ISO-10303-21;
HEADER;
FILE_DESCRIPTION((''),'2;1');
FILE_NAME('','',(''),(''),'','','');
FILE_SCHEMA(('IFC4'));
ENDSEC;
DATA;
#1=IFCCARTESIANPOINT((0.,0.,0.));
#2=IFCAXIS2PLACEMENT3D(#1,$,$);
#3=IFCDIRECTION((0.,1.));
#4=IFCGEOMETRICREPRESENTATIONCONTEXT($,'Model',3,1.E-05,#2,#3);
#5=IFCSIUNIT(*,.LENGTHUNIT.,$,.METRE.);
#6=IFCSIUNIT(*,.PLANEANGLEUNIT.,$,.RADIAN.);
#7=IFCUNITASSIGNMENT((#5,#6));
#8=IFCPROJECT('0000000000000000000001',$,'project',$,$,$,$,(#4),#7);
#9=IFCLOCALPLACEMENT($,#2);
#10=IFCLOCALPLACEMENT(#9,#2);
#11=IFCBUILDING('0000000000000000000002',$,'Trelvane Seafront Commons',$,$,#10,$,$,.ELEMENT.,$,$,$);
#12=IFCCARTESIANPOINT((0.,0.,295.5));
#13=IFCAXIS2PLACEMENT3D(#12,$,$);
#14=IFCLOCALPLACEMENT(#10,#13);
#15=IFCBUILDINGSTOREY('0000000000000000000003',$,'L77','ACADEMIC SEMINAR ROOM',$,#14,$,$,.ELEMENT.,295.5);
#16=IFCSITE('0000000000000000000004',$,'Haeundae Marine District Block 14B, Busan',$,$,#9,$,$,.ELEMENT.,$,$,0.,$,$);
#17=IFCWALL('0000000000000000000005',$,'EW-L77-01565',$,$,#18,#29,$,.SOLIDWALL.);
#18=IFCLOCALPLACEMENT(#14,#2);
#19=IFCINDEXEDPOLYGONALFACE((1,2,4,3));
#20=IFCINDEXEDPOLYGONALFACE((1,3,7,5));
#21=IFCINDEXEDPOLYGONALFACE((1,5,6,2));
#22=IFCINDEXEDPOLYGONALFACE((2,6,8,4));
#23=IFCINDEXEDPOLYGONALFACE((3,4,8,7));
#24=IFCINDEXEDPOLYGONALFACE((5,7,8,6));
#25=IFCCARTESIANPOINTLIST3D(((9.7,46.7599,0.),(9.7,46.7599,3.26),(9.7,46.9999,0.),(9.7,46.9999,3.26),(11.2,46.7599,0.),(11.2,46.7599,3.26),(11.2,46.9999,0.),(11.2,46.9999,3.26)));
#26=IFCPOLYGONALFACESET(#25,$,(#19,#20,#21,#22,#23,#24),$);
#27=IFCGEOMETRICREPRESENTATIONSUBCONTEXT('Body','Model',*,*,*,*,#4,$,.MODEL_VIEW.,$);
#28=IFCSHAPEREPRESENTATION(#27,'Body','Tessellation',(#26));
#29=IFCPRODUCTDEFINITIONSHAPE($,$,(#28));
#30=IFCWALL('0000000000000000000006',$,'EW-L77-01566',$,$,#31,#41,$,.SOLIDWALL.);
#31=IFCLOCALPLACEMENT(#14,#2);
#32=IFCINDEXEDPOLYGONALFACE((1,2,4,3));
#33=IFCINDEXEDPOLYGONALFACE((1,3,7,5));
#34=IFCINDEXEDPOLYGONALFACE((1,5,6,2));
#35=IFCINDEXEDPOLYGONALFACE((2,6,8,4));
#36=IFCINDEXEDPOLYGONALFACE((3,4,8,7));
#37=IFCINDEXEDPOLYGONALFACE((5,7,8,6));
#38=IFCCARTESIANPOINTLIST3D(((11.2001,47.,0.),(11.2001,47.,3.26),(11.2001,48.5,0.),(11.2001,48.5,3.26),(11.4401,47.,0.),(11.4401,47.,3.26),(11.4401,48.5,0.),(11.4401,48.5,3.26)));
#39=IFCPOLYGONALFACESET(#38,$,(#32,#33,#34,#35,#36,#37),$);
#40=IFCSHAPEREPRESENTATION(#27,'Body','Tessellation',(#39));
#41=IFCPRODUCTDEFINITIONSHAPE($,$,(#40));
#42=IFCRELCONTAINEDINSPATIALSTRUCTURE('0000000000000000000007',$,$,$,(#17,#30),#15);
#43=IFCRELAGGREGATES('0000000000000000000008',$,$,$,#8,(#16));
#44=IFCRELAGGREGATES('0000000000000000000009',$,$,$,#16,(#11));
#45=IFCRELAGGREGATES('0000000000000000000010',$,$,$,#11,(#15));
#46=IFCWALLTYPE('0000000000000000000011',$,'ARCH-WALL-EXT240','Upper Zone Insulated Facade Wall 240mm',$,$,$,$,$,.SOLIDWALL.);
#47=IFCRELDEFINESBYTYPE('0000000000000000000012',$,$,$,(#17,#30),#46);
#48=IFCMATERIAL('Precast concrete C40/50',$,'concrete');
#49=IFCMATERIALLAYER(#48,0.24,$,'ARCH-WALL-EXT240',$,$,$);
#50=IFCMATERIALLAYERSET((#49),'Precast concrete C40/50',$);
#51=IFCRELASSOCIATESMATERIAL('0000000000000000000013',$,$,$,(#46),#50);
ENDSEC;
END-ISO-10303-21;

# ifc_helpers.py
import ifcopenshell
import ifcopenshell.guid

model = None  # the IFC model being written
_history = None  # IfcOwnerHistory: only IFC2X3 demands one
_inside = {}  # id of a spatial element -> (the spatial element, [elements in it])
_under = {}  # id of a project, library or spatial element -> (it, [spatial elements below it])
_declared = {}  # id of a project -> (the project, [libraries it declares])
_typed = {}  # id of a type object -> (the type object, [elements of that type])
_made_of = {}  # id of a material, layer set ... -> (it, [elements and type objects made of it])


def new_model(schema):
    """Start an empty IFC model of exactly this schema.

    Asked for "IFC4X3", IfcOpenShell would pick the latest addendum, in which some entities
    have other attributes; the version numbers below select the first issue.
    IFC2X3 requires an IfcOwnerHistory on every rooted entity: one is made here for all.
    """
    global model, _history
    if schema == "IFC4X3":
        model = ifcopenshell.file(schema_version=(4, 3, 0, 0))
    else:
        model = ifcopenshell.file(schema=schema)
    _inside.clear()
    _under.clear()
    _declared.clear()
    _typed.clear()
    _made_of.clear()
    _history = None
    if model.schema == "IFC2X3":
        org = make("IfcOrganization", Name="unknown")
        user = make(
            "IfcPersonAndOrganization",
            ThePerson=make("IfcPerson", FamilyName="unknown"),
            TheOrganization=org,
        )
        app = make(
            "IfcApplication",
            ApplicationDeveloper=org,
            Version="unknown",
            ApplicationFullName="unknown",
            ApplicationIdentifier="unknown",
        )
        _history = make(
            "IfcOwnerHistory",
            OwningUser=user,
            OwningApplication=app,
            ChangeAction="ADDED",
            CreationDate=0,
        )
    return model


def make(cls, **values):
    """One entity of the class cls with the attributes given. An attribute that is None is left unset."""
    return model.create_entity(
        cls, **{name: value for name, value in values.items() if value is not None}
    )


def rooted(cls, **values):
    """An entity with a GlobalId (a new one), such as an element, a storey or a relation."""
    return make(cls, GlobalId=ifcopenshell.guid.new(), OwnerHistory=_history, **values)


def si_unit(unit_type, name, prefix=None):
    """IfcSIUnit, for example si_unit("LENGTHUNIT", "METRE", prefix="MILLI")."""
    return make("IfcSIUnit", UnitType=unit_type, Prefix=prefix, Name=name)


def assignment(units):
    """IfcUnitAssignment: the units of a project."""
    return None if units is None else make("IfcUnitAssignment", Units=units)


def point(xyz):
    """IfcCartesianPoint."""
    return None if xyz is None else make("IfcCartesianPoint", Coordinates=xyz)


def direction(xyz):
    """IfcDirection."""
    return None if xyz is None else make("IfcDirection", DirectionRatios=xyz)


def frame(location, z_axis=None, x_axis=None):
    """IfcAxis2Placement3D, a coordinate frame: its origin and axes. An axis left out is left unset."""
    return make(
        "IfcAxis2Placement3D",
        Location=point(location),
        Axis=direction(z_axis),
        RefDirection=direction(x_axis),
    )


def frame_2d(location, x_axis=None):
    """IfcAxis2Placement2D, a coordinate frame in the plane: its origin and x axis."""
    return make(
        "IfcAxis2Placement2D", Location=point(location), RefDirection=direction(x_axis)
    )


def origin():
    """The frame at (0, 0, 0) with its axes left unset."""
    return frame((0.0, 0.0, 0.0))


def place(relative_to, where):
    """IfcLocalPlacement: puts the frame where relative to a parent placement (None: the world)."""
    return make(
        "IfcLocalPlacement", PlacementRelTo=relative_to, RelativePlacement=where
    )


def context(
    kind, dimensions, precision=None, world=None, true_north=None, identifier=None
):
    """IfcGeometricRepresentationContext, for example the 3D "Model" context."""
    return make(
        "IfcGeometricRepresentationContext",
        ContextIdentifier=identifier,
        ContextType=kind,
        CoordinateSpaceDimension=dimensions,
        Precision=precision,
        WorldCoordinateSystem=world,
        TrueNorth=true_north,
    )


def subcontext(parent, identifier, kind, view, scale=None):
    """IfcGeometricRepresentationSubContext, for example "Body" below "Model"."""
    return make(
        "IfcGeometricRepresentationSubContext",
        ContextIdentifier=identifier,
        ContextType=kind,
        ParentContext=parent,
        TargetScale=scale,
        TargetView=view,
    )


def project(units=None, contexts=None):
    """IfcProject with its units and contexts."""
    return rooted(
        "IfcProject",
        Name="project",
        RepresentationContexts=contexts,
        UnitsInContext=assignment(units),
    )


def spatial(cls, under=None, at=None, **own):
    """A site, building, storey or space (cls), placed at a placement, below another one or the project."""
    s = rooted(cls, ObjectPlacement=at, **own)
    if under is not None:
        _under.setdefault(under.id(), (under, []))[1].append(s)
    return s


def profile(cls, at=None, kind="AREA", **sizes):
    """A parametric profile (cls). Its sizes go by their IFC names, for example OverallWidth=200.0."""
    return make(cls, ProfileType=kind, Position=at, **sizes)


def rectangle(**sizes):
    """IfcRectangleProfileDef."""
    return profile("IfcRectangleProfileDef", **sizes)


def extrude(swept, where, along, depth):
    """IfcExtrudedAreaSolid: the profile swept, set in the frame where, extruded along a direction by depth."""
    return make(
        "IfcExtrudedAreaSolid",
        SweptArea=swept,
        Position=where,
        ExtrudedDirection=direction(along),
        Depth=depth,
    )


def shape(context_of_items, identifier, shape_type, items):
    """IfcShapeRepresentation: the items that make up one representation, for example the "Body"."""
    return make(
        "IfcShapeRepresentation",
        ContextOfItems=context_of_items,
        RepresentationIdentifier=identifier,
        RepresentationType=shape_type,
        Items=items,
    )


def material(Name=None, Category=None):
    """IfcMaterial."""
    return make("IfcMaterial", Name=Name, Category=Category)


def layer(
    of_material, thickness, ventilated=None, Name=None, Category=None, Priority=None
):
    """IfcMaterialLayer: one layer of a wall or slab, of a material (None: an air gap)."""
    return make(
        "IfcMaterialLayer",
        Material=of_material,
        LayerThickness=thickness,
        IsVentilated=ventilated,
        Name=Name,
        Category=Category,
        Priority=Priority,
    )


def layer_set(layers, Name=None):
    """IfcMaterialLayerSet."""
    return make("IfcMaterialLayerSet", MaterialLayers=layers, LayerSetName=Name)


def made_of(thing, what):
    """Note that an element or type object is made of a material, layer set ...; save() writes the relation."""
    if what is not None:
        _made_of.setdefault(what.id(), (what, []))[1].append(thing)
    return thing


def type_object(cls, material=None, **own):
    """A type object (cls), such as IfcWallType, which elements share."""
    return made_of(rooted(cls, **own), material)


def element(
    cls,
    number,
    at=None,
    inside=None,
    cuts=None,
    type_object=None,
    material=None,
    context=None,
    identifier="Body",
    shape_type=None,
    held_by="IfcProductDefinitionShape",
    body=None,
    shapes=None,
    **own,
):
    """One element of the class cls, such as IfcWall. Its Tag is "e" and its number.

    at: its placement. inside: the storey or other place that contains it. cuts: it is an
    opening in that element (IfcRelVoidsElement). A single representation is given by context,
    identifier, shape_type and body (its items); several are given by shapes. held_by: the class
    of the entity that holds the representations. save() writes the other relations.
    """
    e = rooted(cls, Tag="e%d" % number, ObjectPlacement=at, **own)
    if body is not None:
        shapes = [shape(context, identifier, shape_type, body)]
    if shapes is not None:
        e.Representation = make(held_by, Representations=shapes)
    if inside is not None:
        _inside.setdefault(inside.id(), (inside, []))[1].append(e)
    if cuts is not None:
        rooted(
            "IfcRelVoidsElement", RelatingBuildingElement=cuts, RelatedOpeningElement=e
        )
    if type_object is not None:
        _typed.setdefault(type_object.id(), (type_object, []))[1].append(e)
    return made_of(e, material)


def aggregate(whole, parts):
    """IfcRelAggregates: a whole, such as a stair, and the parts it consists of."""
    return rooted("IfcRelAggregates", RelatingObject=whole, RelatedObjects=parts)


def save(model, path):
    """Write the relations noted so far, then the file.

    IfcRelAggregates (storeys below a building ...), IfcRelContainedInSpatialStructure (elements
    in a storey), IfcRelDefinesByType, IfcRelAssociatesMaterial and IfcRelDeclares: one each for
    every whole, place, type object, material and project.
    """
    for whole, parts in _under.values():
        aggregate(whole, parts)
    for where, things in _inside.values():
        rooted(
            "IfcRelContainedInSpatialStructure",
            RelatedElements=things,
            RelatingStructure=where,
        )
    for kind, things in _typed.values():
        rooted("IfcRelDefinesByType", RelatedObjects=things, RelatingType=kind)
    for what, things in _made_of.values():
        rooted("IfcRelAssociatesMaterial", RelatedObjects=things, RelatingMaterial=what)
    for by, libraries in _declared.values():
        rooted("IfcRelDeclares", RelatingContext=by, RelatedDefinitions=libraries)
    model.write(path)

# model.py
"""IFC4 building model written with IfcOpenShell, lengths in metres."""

from ifc_helpers import new_model, si_unit, direction, frame, frame_2d, origin, place, context, subcontext, project, spatial, rectangle, extrude, material, layer, layer_set, type_object, element, save


model = new_model("IFC4")

# Units and contexts
model_context = context("Model", 3, precision=1e-05, world=origin(), true_north=direction((0.0, 1.0)))
body_context = subcontext(model_context, "Body", "Model", "MODEL_VIEW")
ifc_project = project(units=[si_unit("LENGTHUNIT", "METRE"), si_unit("PLANEANGLEUNIT", "RADIAN")], contexts=[model_context])

# Site, building, storey
site_placement = place(None, origin())
site = spatial("IfcSite", under=ifc_project, at=site_placement, Name="Haeundae Marine District Block 14B, Busan", CompositionType="ELEMENT", RefElevation=0.0)
building_placement = place(site_placement, origin())
building = spatial("IfcBuilding", under=site, at=building_placement, Name="Trelvane Seafront Commons", CompositionType="ELEMENT")
storey_placement = place(building_placement, frame((0.0, 0.0, 295.5)))
storey = spatial("IfcBuildingStorey", under=building, at=storey_placement, Name="L77", Description="ACADEMIC SEMINAR ROOM", CompositionType="ELEMENT", Elevation=295.5)

# Shared definitions
ifc_material_1 = material(Name="Precast concrete C40/50", Category="concrete")
ifc_layer_1 = layer(ifc_material_1, 0.24, Name="ARCH-WALL-EXT240")
ifc_layer_set_1 = layer_set([ifc_layer_1], Name="Precast concrete C40/50")
wall_type = type_object("IfcWallType", Name="ARCH-WALL-EXT240", Description="Upper Zone Insulated Facade Wall 240mm", PredefinedType="SOLIDWALL", material=ifc_layer_set_1)

# Walls
for number, where, z_axis, x_axis, name in (
    (1, (9.7, 46.8799, 0.0), (0.0, 0.0, 1.0), (1.0, 0.0, 0.0), "EW-L77-01565"),
    (2, (11.3201, 47.0, 0.0), (0.0, 0.0, 1.0), (0.0, 1.0, 0.0), "EW-L77-01566"),
):
    element("IfcWall", number, at=place(storey_placement, frame(where, z_axis=z_axis, x_axis=x_axis)), inside=storey, type_object=wall_type, Name=name, PredefinedType="SOLIDWALL", context=body_context, shape_type="SweptSolid", body=[
        extrude(rectangle(XDim=1.5, YDim=0.24, at=frame_2d((0.75, 0.0))), origin(), (0.0, 0.0, 1.0), 3.26),
    ])

save(model, "model.ifc")
